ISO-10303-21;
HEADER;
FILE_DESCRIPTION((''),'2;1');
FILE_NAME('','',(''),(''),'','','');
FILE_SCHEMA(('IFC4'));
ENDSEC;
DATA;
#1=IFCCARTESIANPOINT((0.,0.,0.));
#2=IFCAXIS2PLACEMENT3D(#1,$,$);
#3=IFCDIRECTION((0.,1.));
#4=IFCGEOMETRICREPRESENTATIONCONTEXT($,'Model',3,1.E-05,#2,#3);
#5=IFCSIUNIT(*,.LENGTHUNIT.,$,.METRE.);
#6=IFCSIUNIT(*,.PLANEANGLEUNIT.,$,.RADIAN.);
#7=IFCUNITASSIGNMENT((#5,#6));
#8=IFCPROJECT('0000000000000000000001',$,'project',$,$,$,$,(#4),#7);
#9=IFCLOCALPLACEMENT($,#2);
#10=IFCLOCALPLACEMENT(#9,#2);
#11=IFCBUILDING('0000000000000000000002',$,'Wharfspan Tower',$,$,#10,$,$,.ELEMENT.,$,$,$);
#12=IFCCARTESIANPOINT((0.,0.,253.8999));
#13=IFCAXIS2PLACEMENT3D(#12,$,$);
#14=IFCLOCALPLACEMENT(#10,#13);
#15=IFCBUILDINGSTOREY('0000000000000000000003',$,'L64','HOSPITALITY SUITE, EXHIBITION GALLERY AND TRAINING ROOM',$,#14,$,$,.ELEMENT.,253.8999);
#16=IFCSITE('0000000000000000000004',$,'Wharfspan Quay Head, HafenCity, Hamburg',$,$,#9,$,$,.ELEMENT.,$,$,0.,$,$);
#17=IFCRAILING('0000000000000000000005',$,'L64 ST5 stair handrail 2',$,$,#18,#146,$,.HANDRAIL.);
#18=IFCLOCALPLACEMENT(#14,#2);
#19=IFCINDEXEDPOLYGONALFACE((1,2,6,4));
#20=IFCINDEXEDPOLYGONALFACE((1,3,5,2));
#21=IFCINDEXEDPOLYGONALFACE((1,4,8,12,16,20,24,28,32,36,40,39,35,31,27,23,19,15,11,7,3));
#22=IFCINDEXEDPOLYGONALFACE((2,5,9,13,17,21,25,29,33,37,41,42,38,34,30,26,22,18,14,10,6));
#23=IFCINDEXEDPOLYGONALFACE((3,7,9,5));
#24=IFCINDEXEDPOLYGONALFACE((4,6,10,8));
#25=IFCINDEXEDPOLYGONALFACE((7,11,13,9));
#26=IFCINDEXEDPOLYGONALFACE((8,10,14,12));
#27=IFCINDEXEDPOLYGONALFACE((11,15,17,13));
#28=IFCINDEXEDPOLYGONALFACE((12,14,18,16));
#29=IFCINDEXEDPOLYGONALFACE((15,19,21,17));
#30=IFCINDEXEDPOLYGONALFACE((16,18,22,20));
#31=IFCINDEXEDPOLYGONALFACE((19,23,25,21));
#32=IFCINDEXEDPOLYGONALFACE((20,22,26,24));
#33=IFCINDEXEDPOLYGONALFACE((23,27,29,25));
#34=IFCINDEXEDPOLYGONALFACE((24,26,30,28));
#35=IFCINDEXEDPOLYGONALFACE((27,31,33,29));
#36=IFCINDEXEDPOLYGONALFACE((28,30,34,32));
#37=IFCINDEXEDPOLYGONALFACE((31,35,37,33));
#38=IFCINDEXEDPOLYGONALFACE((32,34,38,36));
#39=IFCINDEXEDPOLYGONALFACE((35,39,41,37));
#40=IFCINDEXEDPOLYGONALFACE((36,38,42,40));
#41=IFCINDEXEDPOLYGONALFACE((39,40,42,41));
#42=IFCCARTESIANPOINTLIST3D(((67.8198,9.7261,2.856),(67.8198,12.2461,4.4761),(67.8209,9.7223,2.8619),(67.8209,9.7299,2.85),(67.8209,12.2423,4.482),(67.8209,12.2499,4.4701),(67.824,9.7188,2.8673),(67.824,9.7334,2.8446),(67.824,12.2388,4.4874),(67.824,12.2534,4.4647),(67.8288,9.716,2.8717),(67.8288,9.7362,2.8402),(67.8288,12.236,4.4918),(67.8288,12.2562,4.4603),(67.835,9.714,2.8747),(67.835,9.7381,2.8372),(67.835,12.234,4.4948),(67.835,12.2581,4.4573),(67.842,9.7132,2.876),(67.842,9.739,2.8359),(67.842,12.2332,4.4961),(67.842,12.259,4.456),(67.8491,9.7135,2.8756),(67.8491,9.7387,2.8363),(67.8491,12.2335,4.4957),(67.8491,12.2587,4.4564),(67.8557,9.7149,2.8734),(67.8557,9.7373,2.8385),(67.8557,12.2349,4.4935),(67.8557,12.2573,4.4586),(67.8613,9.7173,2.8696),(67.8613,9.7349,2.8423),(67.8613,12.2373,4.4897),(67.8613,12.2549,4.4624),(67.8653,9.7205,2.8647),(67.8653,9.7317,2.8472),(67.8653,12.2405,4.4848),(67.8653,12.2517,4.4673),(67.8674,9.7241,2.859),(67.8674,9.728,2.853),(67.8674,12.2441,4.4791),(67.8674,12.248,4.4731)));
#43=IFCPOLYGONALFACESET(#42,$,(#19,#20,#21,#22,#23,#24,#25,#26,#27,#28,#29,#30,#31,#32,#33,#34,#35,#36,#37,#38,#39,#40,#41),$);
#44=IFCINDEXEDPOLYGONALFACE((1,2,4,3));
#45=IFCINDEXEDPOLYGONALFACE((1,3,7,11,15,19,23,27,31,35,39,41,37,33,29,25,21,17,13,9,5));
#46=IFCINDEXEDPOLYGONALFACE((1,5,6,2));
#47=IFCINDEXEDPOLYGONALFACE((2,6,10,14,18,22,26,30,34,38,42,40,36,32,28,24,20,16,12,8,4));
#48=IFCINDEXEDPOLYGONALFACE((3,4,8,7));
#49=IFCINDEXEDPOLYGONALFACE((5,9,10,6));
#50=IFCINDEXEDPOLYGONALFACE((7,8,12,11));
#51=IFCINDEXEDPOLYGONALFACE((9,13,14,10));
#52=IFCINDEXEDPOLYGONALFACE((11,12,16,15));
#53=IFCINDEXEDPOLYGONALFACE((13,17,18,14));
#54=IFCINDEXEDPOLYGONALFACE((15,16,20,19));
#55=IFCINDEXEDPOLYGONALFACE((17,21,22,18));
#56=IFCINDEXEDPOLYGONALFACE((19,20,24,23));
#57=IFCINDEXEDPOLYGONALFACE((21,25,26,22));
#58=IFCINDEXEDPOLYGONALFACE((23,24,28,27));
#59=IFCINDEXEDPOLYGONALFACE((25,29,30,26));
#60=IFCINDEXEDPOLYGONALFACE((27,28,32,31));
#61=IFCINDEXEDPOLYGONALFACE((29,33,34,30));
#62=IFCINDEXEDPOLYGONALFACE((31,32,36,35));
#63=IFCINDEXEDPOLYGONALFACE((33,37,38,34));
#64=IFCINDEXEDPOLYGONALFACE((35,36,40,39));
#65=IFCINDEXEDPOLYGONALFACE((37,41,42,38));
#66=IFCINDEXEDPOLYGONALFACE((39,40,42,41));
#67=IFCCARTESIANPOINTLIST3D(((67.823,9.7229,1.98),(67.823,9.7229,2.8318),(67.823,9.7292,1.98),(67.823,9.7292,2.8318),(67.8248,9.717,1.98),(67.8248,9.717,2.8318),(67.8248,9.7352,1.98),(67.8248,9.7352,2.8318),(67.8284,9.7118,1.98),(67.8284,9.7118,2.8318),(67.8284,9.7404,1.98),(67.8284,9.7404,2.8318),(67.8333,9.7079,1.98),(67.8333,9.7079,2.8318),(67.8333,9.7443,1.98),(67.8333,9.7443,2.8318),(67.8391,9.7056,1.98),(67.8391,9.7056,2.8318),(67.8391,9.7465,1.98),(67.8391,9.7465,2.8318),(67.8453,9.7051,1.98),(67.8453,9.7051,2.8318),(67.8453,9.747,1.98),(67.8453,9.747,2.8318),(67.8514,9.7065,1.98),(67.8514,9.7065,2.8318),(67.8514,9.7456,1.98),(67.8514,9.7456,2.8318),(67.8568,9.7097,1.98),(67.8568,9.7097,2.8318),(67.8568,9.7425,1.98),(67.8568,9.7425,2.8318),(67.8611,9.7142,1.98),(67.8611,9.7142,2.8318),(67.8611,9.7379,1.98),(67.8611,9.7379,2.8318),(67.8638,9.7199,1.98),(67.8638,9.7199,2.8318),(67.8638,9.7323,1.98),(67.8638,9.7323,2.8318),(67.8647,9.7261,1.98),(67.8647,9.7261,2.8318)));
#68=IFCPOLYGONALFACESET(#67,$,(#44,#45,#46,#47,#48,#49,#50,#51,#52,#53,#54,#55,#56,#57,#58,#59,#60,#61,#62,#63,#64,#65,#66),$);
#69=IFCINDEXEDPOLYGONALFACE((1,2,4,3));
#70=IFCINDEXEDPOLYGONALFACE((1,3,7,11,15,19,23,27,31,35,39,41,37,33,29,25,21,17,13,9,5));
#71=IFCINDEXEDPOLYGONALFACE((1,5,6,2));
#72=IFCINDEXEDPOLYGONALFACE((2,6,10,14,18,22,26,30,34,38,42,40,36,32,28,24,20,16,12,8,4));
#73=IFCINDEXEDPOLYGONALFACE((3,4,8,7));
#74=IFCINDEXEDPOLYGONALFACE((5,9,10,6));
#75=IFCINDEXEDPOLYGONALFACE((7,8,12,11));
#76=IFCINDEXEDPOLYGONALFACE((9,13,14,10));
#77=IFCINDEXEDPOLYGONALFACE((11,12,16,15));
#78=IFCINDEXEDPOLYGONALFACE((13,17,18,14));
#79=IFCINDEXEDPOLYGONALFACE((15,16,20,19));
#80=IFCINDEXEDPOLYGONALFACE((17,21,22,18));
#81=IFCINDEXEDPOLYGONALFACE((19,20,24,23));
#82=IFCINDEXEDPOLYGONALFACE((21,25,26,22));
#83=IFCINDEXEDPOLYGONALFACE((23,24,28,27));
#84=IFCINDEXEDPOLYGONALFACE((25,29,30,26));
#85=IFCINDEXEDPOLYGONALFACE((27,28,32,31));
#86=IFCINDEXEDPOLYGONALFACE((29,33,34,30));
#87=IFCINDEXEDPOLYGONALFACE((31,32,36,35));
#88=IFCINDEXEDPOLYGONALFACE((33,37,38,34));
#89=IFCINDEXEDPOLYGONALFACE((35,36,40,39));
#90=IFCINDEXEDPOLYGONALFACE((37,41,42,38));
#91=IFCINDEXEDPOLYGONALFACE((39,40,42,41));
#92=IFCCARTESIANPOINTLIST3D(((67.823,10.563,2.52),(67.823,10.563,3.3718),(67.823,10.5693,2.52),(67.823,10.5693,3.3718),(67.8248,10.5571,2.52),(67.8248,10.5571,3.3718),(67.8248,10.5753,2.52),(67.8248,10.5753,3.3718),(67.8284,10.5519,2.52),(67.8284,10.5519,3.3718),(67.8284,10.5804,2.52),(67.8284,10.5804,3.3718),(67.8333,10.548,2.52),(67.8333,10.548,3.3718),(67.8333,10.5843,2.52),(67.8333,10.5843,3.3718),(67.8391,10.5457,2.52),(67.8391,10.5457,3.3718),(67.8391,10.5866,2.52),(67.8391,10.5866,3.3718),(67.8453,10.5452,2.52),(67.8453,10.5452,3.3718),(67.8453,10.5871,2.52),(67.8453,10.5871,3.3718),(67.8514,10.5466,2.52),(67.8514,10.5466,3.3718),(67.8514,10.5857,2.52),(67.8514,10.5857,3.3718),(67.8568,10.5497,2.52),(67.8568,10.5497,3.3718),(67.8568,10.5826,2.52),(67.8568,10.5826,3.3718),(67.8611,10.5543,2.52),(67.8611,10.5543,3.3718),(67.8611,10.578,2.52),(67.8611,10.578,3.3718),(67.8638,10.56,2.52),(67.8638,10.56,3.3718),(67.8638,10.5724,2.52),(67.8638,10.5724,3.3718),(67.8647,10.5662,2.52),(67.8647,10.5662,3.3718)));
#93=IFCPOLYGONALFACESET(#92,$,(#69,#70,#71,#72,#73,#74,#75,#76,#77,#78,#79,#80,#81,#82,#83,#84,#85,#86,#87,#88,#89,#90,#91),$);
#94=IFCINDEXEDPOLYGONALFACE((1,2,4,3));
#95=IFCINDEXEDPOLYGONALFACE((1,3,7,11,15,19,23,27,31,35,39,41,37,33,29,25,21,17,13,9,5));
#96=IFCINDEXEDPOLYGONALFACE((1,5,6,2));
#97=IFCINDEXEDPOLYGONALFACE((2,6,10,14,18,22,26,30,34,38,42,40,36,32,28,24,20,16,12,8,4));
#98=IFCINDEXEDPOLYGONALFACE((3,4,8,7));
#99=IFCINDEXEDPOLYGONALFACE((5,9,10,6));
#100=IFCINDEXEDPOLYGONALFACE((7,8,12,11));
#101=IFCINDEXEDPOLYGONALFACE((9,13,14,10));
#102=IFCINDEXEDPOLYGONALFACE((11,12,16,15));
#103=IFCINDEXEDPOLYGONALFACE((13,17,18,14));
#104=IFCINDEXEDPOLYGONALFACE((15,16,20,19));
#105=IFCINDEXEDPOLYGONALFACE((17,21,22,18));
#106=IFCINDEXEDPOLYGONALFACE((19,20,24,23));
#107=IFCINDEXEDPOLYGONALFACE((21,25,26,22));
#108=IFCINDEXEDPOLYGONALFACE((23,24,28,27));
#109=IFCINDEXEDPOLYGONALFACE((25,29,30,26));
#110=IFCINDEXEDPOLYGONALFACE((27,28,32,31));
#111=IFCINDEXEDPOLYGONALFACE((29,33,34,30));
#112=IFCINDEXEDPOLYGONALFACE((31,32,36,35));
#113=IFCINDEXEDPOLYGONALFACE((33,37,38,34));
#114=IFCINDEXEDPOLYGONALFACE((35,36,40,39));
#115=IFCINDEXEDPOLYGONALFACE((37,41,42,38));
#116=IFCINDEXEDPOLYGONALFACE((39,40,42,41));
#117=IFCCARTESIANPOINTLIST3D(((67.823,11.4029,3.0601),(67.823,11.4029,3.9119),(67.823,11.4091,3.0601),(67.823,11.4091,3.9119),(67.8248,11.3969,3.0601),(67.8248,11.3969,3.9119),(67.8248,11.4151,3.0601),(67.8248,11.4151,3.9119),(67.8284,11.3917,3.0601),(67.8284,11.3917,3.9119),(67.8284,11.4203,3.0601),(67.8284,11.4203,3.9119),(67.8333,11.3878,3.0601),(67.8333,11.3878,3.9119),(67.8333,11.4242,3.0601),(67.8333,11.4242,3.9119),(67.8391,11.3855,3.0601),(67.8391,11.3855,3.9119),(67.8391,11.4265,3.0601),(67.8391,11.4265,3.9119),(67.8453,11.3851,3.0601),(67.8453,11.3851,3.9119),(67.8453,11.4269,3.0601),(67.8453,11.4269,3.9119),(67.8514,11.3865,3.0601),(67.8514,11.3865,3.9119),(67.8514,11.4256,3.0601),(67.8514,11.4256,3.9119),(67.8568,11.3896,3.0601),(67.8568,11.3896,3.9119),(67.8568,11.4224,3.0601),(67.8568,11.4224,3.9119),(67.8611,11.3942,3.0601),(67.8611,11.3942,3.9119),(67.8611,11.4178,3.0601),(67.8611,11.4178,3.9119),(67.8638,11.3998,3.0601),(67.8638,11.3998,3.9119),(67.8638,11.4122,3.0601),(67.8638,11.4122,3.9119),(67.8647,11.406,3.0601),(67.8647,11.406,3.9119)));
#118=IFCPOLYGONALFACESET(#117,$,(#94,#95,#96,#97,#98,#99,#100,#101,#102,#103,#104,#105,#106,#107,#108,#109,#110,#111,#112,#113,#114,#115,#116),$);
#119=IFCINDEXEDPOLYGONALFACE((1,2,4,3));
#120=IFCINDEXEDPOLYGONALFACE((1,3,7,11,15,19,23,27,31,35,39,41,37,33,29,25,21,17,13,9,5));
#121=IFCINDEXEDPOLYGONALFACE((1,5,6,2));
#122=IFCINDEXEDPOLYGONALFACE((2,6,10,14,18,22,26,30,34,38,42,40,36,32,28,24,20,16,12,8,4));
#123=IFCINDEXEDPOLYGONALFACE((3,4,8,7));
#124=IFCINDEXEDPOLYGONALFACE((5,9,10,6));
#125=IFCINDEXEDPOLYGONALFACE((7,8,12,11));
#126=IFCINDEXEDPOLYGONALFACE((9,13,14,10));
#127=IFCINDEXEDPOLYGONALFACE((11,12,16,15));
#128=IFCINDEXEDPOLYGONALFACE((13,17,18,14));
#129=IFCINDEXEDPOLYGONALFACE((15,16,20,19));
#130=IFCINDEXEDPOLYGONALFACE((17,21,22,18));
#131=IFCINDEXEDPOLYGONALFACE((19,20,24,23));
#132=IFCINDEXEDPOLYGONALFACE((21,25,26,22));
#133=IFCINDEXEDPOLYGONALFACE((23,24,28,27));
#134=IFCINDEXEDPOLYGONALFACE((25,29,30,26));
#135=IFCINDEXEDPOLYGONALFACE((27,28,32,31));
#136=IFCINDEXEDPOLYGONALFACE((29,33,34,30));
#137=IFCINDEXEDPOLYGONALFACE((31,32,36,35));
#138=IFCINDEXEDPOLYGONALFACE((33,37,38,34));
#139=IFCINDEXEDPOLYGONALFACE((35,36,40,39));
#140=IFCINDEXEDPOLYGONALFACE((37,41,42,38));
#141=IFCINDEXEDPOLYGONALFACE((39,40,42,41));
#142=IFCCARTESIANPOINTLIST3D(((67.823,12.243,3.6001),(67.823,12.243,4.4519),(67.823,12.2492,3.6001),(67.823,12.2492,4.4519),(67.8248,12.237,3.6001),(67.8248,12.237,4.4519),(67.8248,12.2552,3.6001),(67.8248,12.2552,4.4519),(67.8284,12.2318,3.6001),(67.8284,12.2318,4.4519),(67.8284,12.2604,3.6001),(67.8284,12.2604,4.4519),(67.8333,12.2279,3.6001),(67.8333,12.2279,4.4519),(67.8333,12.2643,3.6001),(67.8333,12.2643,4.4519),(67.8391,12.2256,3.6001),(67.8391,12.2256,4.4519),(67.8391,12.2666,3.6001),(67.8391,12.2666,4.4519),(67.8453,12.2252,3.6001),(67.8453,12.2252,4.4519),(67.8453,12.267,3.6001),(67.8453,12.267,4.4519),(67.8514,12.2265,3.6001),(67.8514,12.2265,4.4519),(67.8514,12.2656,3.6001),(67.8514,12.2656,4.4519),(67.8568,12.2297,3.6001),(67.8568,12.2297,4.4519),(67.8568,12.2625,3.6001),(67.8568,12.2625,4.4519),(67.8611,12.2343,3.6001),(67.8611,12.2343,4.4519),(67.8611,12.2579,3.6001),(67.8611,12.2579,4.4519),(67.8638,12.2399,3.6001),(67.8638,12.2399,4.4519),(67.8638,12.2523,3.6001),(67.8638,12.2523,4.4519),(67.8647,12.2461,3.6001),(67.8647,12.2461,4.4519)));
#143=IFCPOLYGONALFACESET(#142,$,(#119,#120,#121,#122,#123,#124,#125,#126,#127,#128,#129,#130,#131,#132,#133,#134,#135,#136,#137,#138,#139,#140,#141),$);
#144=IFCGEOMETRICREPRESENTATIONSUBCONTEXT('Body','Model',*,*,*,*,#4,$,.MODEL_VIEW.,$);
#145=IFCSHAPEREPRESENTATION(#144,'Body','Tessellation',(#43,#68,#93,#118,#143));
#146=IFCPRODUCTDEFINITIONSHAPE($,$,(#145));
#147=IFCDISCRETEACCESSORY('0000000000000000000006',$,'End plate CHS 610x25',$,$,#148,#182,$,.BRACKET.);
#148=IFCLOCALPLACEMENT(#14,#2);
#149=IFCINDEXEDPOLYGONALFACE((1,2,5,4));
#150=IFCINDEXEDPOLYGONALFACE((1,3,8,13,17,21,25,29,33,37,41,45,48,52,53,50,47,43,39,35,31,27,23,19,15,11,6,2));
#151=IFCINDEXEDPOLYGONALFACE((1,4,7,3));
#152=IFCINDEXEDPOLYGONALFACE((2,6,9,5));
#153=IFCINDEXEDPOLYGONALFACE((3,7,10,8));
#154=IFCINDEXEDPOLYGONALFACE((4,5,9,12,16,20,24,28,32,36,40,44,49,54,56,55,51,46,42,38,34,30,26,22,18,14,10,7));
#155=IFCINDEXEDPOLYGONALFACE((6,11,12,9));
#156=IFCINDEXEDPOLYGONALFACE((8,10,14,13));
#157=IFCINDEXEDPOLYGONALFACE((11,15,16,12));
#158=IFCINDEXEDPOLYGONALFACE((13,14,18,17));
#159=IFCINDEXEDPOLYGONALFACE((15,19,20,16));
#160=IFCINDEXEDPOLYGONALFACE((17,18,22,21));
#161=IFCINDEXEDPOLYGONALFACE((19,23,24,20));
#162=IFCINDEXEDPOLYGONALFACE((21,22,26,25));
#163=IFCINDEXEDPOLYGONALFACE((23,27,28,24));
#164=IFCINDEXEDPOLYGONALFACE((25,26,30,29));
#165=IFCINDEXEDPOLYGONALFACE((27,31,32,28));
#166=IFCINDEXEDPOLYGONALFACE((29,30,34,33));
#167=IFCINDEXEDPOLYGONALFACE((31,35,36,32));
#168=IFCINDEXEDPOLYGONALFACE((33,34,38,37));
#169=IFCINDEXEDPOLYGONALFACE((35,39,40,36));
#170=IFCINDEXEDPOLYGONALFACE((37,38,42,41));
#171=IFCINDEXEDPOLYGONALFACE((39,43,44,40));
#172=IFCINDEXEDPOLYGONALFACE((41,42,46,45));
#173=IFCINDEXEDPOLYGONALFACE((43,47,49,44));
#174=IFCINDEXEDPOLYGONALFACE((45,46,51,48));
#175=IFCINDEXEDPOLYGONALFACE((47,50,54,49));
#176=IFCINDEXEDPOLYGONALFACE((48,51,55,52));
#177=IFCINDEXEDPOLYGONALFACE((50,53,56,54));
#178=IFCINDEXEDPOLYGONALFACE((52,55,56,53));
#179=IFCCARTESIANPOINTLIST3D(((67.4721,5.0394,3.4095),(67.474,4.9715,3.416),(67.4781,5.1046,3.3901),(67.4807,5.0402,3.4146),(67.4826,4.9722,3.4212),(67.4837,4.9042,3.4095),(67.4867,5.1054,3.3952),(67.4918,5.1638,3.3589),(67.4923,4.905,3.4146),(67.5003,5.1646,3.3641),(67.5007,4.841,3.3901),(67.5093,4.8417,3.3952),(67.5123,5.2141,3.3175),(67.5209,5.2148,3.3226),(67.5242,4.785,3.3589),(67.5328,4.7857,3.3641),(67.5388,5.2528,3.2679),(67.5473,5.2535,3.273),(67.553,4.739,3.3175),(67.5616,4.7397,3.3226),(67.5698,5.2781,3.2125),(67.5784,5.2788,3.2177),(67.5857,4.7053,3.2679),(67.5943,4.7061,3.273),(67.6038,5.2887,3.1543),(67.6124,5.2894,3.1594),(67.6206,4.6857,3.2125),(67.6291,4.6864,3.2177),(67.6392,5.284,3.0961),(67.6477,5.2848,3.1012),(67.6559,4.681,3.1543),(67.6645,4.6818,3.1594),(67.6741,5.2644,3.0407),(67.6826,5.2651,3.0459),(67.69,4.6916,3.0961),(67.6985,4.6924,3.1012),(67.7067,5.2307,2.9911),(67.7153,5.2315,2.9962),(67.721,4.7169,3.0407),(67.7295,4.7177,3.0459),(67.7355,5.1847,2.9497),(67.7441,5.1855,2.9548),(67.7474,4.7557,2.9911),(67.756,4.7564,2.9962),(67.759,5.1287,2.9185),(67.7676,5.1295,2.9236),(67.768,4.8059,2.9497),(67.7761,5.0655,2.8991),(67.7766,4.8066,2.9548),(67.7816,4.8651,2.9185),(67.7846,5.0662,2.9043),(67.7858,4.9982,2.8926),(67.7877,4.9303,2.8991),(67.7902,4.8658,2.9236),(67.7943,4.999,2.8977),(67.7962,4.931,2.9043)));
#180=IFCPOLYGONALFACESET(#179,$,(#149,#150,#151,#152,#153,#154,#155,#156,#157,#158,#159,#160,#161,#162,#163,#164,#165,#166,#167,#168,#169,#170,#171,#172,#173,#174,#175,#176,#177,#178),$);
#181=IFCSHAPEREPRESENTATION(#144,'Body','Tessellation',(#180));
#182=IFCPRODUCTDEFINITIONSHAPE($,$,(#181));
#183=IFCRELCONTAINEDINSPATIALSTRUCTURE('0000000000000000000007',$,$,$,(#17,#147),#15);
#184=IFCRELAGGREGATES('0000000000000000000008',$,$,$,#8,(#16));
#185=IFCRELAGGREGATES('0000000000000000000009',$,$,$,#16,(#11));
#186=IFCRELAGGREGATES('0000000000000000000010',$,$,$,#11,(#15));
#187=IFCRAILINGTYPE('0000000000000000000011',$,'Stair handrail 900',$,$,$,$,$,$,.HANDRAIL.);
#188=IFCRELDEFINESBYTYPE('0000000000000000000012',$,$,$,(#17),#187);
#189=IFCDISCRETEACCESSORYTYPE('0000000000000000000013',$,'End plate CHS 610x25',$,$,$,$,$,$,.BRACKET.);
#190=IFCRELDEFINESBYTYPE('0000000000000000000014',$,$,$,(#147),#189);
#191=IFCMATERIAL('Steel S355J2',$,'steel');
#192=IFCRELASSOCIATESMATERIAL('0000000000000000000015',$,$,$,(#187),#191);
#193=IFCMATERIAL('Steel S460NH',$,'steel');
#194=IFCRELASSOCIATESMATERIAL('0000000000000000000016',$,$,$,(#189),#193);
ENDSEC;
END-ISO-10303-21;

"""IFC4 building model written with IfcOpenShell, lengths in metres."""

from ifc_helpers import new_model, si_unit, direction, frame, origin, origin_2d, place, context, subcontext, project, spatial, circle, extrude, material, material_profile, profile_set, type_object, element, save


model = new_model("IFC4")

# Units and contexts
model_context = context("Model", 3, precision=1e-05, world=origin(), true_north=direction((0.0, 1.0)))
body_context = subcontext(model_context, "Body", "Model", "MODEL_VIEW")
ifc_project = project(units=[si_unit("LENGTHUNIT", "METRE"), si_unit("PLANEANGLEUNIT", "RADIAN")], contexts=[model_context])

# Site, building, storey
site_placement = place(None, origin())
site = spatial("IfcSite", under=ifc_project, at=site_placement, Name="Wharfspan Quay Head, HafenCity, Hamburg", CompositionType="ELEMENT", RefElevation=0.0)
building_placement = place(site_placement, origin())
building = spatial("IfcBuilding", under=site, at=building_placement, Name="Wharfspan Tower", CompositionType="ELEMENT")
storey_placement = place(building_placement, frame((0.0, 0.0, 253.8999)))
storey = spatial("IfcBuildingStorey", under=building, at=storey_placement, Name="L64", Description="HOSPITALITY SUITE, EXHIBITION GALLERY AND TRAINING ROOM", CompositionType="ELEMENT", Elevation=253.8999)

# Shared definitions
ifc_material_1 = material(Name="Steel S355J2", Category="steel")

# Shared definitions
ifc_material_2 = material(Name="Steel S460NH", Category="steel")

# Railing
railing_type = type_object("IfcRailingType", Name="Stair handrail 900", PredefinedType="HANDRAIL", material=ifc_material_1)
railing_placement = place(storey_placement, frame((67.8438, 9.7261, 1.98)))
element("IfcRailing", 1, at=railing_placement, inside=storey, type_object=railing_type, Name="L64 ST5 stair handrail 2", PredefinedType="HANDRAIL", context=body_context, shape_type="SweptSolid", body=[
    extrude(circle(Radius=0.0239, at=origin_2d()), frame((0.0, 0.0, 0.876), z_axis=(0.0, 0.841163, 0.540782), x_axis=(-1.0, 0.0, 0.0)), (0.0, 0.0, 1.0), 2.9958),
    extrude(circle(Radius=0.021, at=origin_2d()), origin(), (0.0, 0.0, 1.0), 0.8518),
    extrude(circle(Radius=0.021, at=origin_2d()), frame((0.0, 0.8401, 0.54)), (0.0, 0.0, 1.0), 0.8518),
    extrude(circle(Radius=0.021, at=origin_2d()), frame((0.0, 1.6799, 1.0801)), (0.0, 0.0, 1.0), 0.8518),
    extrude(circle(Radius=0.021, at=origin_2d()), frame((0.0, 2.52, 1.6201)), (0.0, 0.0, 1.0), 0.8518),
])

# Discrete accessory
ifc_material_profile_1 = material_profile(ifc_material_2, circle(Radius=0.3049, at=origin_2d()))
ifc_profile_set_1 = profile_set([ifc_material_profile_1], Name="Steel S460NH")
discrete_accessory_type = type_object("IfcDiscreteAccessoryType", Name="End plate CHS 610x25", PredefinedType="BRACKET", material=ifc_profile_set_1)
for number, where, z_axis, x_axis, name in (
    (2, (67.6299, 4.9849, 3.1543), (0.855186, 0.073302, 0.513112), (-0.085402, 0.996345, 0.000001), "End plate CHS 610x25"),
):
    element("IfcDiscreteAccessory", number, at=place(storey_placement, frame(where, z_axis=z_axis, x_axis=x_axis)), inside=storey, type_object=discrete_accessory_type, Name=name, PredefinedType="BRACKET", context=body_context, shape_type="SweptSolid", body=[
        extrude(circle(Radius=0.3049, at=origin_2d()), origin(), (0.0, 0.0, 1.0), 0.01),
    ])

save(model, "model.ifc")
